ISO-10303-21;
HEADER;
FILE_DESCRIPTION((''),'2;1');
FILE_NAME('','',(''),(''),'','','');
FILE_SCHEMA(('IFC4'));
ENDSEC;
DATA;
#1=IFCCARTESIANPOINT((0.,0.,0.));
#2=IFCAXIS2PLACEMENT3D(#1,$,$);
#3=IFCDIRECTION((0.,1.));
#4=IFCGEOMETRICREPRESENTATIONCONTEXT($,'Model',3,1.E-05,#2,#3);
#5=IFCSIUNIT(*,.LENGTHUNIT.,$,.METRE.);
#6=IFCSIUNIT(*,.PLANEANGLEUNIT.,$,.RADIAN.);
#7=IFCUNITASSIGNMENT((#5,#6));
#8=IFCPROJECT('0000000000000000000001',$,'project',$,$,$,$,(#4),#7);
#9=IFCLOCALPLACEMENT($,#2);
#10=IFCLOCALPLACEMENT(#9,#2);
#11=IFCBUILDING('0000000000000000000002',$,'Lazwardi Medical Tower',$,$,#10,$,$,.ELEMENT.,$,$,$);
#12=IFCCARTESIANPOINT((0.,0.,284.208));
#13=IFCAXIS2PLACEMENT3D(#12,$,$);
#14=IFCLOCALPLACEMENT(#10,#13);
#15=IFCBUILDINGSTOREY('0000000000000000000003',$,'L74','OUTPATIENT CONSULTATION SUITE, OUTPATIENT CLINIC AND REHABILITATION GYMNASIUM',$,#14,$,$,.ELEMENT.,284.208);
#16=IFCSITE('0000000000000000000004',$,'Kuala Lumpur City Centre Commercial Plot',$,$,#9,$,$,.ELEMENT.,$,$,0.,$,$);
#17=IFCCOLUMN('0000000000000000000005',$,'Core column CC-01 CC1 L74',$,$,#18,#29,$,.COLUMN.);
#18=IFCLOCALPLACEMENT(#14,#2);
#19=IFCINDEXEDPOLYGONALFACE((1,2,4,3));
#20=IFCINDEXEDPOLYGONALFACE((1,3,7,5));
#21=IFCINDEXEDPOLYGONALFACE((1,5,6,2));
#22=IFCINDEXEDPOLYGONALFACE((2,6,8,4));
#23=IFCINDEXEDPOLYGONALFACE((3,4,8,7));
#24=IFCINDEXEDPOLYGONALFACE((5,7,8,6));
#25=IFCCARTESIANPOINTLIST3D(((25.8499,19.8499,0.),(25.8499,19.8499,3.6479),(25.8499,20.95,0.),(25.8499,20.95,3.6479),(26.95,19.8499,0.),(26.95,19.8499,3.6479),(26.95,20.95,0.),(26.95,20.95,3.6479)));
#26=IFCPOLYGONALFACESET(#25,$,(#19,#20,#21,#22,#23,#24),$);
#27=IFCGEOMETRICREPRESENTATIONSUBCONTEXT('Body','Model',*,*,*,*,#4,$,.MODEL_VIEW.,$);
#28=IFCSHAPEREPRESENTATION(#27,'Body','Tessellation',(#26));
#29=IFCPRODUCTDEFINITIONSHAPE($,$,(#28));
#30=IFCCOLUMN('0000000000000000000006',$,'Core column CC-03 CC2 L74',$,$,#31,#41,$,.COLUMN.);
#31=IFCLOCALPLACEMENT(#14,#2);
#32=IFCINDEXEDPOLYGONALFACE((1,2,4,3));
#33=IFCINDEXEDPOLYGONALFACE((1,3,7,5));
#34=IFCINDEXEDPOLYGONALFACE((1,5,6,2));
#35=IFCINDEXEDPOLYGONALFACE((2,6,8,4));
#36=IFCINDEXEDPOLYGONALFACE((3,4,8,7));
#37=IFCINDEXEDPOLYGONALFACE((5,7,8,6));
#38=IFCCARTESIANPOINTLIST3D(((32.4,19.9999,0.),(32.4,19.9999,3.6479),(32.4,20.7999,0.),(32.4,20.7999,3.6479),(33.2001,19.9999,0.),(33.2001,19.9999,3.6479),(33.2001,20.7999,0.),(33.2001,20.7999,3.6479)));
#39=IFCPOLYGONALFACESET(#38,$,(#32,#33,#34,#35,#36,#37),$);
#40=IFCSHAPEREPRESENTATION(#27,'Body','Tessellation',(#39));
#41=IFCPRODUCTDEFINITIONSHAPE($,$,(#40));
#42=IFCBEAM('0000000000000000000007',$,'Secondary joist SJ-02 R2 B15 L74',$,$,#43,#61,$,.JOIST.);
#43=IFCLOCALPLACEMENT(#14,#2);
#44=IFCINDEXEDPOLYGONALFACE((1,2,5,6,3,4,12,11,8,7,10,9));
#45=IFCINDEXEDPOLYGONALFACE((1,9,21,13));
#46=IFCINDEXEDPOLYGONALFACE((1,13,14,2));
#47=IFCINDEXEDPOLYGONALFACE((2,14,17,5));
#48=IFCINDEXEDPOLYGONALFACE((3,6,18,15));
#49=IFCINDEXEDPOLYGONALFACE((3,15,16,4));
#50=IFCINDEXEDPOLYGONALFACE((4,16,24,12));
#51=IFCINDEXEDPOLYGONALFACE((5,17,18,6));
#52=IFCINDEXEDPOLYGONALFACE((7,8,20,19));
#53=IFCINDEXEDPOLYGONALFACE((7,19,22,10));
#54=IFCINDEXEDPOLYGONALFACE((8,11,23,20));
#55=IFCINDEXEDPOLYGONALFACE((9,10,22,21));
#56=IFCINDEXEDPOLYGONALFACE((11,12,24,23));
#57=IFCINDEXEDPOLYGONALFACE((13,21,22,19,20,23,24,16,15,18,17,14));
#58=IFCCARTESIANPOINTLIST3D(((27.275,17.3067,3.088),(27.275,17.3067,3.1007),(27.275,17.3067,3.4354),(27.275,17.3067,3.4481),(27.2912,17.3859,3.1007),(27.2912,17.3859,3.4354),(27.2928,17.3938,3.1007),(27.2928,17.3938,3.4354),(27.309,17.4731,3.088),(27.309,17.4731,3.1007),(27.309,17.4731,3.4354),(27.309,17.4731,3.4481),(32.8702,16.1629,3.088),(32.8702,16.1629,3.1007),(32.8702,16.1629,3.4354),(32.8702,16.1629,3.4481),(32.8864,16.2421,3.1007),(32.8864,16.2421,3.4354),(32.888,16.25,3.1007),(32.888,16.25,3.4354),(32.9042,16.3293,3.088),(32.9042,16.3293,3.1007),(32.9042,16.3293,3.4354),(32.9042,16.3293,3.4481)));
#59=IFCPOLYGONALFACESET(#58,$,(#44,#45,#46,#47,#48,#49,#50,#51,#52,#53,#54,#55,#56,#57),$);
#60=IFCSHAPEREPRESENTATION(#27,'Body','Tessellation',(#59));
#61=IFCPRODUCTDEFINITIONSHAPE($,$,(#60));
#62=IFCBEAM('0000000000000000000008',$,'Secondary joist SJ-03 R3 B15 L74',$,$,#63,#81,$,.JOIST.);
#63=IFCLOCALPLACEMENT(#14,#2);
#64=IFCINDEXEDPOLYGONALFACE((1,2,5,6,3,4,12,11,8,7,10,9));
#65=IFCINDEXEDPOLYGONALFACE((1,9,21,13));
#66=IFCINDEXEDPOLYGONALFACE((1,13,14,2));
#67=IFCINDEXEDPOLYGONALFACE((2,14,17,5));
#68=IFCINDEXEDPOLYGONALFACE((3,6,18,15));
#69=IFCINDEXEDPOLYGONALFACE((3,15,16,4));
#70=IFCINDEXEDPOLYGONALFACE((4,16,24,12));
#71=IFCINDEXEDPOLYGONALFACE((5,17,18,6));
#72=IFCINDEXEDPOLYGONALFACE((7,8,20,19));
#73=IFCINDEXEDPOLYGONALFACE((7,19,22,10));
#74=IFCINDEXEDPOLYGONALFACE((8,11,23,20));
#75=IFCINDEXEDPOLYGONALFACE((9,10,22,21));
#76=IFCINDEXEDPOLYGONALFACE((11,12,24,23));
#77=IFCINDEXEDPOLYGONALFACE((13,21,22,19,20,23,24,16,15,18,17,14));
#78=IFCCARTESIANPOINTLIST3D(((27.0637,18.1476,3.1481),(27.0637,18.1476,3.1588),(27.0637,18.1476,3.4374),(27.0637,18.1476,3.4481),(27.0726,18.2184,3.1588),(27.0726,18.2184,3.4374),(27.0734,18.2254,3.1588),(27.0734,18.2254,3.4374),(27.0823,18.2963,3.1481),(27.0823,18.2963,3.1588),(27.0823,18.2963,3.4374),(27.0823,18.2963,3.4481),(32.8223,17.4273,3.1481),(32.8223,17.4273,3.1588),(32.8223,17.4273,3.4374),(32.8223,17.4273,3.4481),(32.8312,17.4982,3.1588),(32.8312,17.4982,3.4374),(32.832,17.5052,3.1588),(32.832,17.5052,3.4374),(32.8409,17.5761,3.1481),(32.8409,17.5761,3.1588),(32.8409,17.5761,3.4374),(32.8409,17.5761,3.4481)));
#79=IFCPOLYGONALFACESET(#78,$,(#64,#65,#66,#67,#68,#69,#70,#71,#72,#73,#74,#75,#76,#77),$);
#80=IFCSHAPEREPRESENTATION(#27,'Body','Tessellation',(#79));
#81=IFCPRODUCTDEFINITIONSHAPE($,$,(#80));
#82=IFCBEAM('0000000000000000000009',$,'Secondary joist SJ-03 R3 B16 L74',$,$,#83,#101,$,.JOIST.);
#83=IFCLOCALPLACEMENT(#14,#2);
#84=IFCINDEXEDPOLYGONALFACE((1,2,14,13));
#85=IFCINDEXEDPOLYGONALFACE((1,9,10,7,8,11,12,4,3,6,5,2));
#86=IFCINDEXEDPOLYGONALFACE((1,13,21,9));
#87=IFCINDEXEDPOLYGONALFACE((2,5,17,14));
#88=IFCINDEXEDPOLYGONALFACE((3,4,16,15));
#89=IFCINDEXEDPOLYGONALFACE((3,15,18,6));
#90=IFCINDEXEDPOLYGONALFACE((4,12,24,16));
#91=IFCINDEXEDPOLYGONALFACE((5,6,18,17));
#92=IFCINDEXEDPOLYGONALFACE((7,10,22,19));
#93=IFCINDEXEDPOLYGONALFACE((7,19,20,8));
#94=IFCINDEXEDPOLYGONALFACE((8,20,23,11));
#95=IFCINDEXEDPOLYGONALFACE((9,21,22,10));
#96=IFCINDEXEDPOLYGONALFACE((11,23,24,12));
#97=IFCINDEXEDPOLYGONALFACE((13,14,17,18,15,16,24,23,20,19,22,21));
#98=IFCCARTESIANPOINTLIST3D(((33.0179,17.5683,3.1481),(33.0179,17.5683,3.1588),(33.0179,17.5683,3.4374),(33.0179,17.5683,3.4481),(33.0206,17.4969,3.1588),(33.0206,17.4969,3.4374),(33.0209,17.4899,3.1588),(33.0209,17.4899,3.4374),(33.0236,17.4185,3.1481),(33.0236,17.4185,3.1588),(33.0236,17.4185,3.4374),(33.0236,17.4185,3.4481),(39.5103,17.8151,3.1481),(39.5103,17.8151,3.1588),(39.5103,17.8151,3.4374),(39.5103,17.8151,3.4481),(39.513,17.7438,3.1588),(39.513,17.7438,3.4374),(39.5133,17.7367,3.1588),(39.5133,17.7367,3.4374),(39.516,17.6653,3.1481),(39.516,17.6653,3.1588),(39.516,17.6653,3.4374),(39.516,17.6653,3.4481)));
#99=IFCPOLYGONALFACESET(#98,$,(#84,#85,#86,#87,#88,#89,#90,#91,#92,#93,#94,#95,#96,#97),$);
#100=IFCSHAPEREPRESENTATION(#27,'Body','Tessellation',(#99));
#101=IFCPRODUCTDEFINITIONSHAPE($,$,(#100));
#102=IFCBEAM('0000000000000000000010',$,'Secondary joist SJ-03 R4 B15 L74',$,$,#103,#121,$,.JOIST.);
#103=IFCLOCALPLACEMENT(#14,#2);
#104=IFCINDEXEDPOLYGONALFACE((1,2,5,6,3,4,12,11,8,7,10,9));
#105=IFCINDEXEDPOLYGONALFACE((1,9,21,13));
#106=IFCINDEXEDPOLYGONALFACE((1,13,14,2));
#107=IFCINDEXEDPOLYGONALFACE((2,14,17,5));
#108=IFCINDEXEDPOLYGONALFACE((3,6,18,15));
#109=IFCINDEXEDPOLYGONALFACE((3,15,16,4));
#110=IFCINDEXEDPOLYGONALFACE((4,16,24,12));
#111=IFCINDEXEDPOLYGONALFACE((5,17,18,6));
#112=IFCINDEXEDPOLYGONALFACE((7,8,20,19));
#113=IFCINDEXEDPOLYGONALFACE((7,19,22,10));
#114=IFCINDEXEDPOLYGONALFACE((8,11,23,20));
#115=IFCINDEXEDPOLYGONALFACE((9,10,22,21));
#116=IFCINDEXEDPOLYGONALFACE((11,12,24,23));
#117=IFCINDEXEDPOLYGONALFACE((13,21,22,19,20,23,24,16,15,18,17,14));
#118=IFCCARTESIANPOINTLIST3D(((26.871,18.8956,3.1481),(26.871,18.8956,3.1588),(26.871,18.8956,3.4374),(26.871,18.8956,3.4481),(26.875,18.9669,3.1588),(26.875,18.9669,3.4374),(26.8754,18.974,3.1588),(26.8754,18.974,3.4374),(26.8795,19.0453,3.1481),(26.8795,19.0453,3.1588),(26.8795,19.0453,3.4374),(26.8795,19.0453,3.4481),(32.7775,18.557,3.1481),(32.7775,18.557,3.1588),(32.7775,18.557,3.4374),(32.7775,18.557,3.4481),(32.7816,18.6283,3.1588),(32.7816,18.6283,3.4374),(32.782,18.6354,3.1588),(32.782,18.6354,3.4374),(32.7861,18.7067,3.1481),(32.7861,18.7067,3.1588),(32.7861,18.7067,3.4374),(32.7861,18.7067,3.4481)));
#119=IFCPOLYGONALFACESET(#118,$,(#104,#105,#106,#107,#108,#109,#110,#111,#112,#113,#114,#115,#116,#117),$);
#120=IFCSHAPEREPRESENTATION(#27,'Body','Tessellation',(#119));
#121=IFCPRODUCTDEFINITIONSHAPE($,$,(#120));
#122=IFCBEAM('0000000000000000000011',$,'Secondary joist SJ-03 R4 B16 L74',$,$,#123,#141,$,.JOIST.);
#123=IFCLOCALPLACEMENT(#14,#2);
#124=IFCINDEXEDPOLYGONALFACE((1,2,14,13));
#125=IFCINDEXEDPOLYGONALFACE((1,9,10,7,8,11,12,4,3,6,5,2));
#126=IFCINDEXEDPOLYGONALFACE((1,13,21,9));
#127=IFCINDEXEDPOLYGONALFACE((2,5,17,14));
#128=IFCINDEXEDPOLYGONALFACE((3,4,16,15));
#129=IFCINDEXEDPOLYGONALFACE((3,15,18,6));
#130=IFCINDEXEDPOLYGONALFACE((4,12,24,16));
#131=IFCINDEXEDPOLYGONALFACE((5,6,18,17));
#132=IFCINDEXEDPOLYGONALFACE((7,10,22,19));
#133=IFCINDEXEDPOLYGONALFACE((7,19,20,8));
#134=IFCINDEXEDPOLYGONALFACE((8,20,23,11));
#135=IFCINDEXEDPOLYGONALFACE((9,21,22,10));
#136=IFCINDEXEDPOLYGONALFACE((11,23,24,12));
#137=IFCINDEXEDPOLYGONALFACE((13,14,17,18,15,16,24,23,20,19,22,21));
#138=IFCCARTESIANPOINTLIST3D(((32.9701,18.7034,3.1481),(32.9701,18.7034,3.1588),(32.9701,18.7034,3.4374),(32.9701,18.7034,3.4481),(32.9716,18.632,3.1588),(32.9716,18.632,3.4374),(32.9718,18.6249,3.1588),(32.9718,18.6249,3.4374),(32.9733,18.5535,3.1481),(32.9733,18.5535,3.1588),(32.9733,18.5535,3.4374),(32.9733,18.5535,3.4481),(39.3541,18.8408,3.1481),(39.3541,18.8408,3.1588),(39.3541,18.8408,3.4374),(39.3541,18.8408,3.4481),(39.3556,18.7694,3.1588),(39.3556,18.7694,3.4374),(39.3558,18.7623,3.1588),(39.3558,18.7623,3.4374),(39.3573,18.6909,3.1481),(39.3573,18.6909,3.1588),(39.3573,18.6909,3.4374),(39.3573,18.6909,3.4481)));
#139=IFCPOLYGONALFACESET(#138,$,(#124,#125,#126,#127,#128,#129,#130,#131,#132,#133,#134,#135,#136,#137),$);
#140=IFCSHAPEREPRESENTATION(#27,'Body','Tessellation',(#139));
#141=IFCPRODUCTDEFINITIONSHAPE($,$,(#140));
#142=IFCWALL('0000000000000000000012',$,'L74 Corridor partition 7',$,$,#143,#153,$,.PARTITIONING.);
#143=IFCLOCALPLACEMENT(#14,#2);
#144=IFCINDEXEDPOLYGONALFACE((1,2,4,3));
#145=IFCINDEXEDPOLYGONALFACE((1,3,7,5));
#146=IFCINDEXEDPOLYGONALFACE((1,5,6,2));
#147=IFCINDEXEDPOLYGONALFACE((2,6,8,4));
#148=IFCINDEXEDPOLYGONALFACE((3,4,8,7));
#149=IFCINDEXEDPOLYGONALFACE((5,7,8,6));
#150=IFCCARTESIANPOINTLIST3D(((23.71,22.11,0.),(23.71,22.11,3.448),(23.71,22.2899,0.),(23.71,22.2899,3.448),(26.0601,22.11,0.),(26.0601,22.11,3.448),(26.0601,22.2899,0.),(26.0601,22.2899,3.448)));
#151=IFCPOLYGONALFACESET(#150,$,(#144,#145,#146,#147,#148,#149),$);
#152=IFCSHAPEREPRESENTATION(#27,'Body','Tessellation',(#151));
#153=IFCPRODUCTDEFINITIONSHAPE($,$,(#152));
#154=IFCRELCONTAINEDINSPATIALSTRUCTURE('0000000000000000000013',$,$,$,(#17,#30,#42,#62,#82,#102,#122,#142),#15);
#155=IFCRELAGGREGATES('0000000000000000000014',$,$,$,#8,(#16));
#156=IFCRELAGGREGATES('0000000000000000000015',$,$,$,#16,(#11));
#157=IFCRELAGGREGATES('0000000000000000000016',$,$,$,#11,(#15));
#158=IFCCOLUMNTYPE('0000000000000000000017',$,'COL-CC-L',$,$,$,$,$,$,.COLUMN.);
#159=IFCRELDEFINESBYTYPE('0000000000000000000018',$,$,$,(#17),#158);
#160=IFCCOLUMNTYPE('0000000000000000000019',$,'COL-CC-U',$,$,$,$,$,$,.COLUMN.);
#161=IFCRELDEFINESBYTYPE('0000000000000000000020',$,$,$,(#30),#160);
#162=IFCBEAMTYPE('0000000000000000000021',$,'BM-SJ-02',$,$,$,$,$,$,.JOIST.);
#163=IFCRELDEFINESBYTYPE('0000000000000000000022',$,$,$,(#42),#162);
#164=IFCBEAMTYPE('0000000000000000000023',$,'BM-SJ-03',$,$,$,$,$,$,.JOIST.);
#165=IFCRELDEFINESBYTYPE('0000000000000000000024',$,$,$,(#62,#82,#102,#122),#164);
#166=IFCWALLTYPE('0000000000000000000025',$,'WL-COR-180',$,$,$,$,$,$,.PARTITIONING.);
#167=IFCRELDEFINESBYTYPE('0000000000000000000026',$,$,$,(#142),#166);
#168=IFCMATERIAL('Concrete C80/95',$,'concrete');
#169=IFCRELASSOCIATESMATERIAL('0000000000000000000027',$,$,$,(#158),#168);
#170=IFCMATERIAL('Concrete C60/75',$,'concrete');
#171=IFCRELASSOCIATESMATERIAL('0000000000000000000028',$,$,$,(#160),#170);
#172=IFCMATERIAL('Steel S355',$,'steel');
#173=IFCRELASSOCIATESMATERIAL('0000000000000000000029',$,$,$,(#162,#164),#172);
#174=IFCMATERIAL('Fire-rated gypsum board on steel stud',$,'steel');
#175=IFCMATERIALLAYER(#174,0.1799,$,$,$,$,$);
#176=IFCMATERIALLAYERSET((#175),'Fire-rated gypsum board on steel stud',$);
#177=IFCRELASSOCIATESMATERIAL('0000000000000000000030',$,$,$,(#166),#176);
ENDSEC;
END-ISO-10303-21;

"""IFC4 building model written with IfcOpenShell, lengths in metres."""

from ifc_helpers import new_model, si_unit, direction, frame, frame_2d, origin, origin_2d, place, context, subcontext, project, spatial, rectangle, i_section, extrude, material, layer, layer_set, material_profile, profile_set, type_object, element, save


model = new_model("IFC4")

# Units and contexts
model_context = context("Model", 3, precision=1e-05, world=origin(), true_north=direction((0.0, 1.0)))
body_context = subcontext(model_context, "Body", "Model", "MODEL_VIEW")
ifc_project = project(units=[si_unit("LENGTHUNIT", "METRE"), si_unit("PLANEANGLEUNIT", "RADIAN")], contexts=[model_context])

# Site, building, storey
site_placement = place(None, origin())
site = spatial("IfcSite", under=ifc_project, at=site_placement, Name="Kuala Lumpur City Centre Commercial Plot", CompositionType="ELEMENT", RefElevation=0.0)
building_placement = place(site_placement, origin())
building = spatial("IfcBuilding", under=site, at=building_placement, Name="Lazwardi Medical Tower", CompositionType="ELEMENT")
storey_placement = place(building_placement, frame((0.0, 0.0, 284.208)))
storey = spatial("IfcBuildingStorey", under=building, at=storey_placement, Name="L74", Description="OUTPATIENT CONSULTATION SUITE, OUTPATIENT CLINIC AND REHABILITATION GYMNASIUM", CompositionType="ELEMENT", Elevation=284.208)

# Columns
ifc_material_1 = material(Name="Concrete C80/95", Category="concrete")
ifc_material_profile_1 = material_profile(ifc_material_1, rectangle(XDim=1.1001, YDim=1.1001, at=origin_2d()), Name="RC 1100x1100")
ifc_profile_set_1 = profile_set([ifc_material_profile_1], Name="Concrete C80/95")
column_type_1 = type_object("IfcColumnType", Name="COL-CC-L", PredefinedType="COLUMN", material=ifc_profile_set_1)
column_1_placement = place(storey_placement, frame((26.3999, 20.3999, 0.0), z_axis=(0.0, 0.0, 1.0), x_axis=(1.0, 0.0, 0.0)))
element("IfcColumn", 1, at=column_1_placement, inside=storey, type_object=column_type_1, Name="Core column CC-01 CC1 L74", PredefinedType="COLUMN", context=body_context, shape_type="SweptSolid", body=[
    extrude(rectangle(XDim=1.1001, YDim=1.1001, at=origin_2d()), origin(), (0.0, 0.0, 1.0), 3.6479),
])
ifc_material_2 = material(Name="Concrete C60/75", Category="concrete")
ifc_material_profile_2 = material_profile(ifc_material_2, rectangle(XDim=0.8, YDim=0.8, at=origin_2d()), Name="RC 800x800")
ifc_profile_set_2 = profile_set([ifc_material_profile_2], Name="Concrete C60/75")
column_type_2 = type_object("IfcColumnType", Name="COL-CC-U", PredefinedType="COLUMN", material=ifc_profile_set_2)
column_2_placement = place(storey_placement, frame((32.8, 20.3999, 0.0), z_axis=(0.0, 0.0, 1.0), x_axis=(1.0, 0.0, 0.0)))
element("IfcColumn", 2, at=column_2_placement, inside=storey, type_object=column_type_2, Name="Core column CC-03 CC2 L74", PredefinedType="COLUMN", context=body_context, shape_type="SweptSolid", body=[
    extrude(rectangle(XDim=0.8, YDim=0.8, at=origin_2d()), origin(), (0.0, 0.0, 1.0), 3.6479),
])

# Beams
ifc_material_3 = material(Name="Steel S355", Category="steel")
ifc_material_profile_3 = material_profile(ifc_material_3, i_section(OverallWidth=0.1699, OverallDepth=0.3601, WebThickness=0.0081, FlangeThickness=0.0127, at=origin_2d()), Name="IPE 360")
ifc_profile_set_3 = profile_set([ifc_material_profile_3], Name="Steel S355")
beam_type_1 = type_object("IfcBeamType", Name="BM-SJ-02", PredefinedType="JOIST", material=ifc_profile_set_3)
beam_1_placement = place(storey_placement, frame((27.292, 17.3899, 3.2681), z_axis=(0.979738, -0.200282, 0.0), x_axis=(0.200282, 0.979738, 0.0)))
element("IfcBeam", 3, at=beam_1_placement, inside=storey, type_object=beam_type_1, Name="Secondary joist SJ-02 R2 B15 L74", PredefinedType="JOIST", context=body_context, shape_type="SweptSolid", body=[
    extrude(i_section(OverallWidth=0.1699, OverallDepth=0.3601, WebThickness=0.0081, FlangeThickness=0.0127, at=origin_2d()), origin(), (0.0, 0.0, 1.0), 5.7109),
])
ifc_material_profile_4 = material_profile(ifc_material_3, i_section(OverallWidth=0.1499, OverallDepth=0.3, WebThickness=0.0071, FlangeThickness=0.0107, at=origin_2d()), Name="IPE 300")
ifc_profile_set_4 = profile_set([ifc_material_profile_4], Name="Steel S355")
beam_type_2 = type_object("IfcBeamType", Name="BM-SJ-03", PredefinedType="JOIST", material=ifc_profile_set_4)
beam_2_placement = place(storey_placement, frame((27.073, 18.2219, 3.2981), z_axis=(0.992269, -0.124102, 0.0), x_axis=(0.124102, 0.992269, 0.0)))
element("IfcBeam", 4, at=beam_2_placement, inside=storey, type_object=beam_type_2, Name="Secondary joist SJ-03 R3 B15 L74", PredefinedType="JOIST", context=body_context, shape_type="SweptSolid", body=[
    extrude(i_section(OverallWidth=0.1499, OverallDepth=0.3, WebThickness=0.0071, FlangeThickness=0.0107, at=origin_2d()), origin(), (0.0, 0.0, 1.0), 5.8035),
])
beam_3_placement = place(storey_placement, frame((33.0208, 17.4934, 3.2981), z_axis=(0.999278, 0.03799, 0.0), x_axis=(-0.03799, 0.999278, 0.0)))
element("IfcBeam", 5, at=beam_3_placement, inside=storey, type_object=beam_type_2, Name="Secondary joist SJ-03 R3 B16 L74", PredefinedType="JOIST", context=body_context, shape_type="SweptSolid", body=[
    extrude(i_section(OverallWidth=0.1499, OverallDepth=0.3, WebThickness=0.0071, FlangeThickness=0.0107, at=origin_2d()), origin(), (0.0, 0.0, 1.0), 6.4971),
])
beam_4_placement = place(storey_placement, frame((26.8752, 18.9705, 3.2981), z_axis=(0.998361, -0.057237, 0.0), x_axis=(0.057237, 0.998361, 0.0)))
element("IfcBeam", 6, at=beam_4_placement, inside=storey, type_object=beam_type_2, Name="Secondary joist SJ-03 R4 B15 L74", PredefinedType="JOIST", context=body_context, shape_type="SweptSolid", body=[
    extrude(i_section(OverallWidth=0.1499, OverallDepth=0.3, WebThickness=0.0071, FlangeThickness=0.0107, at=origin_2d()), origin(), (0.0, 0.0, 1.0), 5.9163),
])
beam_5_placement = place(storey_placement, frame((32.9717, 18.6284, 3.2981), z_axis=(0.999768, 0.021525, 0.0), x_axis=(-0.021525, 0.999768, 0.0)))
element("IfcBeam", 7, at=beam_5_placement, inside=storey, type_object=beam_type_2, Name="Secondary joist SJ-03 R4 B16 L74", PredefinedType="JOIST", context=body_context, shape_type="SweptSolid", body=[
    extrude(i_section(OverallWidth=0.1499, OverallDepth=0.3, WebThickness=0.0071, FlangeThickness=0.0107, at=origin_2d()), origin(), (0.0, 0.0, 1.0), 6.3855),
])

# Wall
ifc_material_4 = material(Name="Fire-rated gypsum board on steel stud", Category="steel")
ifc_layer_1 = layer(ifc_material_4, 0.1799)
ifc_layer_set_1 = layer_set([ifc_layer_1], Name="Fire-rated gypsum board on steel stud")
wall_type_1 = type_object("IfcWallType", Name="WL-COR-180", PredefinedType="PARTITIONING", material=ifc_layer_set_1)
wall_1_placement = place(storey_placement, frame((26.0601, 22.2, 0.0), z_axis=(0.0, 0.0, 1.0), x_axis=(-1.0, 0.0, 0.0)))
element("IfcWall", 8, at=wall_1_placement, inside=storey, type_object=wall_type_1, Name="L74 Corridor partition 7", PredefinedType="PARTITIONING", context=body_context, shape_type="SweptSolid", body=[
    extrude(rectangle(XDim=2.3501, YDim=0.1799, at=frame_2d((1.175, 0.0))), origin(), (0.0, 0.0, 1.0), 3.448),
])

save(model, "model.ifc")
